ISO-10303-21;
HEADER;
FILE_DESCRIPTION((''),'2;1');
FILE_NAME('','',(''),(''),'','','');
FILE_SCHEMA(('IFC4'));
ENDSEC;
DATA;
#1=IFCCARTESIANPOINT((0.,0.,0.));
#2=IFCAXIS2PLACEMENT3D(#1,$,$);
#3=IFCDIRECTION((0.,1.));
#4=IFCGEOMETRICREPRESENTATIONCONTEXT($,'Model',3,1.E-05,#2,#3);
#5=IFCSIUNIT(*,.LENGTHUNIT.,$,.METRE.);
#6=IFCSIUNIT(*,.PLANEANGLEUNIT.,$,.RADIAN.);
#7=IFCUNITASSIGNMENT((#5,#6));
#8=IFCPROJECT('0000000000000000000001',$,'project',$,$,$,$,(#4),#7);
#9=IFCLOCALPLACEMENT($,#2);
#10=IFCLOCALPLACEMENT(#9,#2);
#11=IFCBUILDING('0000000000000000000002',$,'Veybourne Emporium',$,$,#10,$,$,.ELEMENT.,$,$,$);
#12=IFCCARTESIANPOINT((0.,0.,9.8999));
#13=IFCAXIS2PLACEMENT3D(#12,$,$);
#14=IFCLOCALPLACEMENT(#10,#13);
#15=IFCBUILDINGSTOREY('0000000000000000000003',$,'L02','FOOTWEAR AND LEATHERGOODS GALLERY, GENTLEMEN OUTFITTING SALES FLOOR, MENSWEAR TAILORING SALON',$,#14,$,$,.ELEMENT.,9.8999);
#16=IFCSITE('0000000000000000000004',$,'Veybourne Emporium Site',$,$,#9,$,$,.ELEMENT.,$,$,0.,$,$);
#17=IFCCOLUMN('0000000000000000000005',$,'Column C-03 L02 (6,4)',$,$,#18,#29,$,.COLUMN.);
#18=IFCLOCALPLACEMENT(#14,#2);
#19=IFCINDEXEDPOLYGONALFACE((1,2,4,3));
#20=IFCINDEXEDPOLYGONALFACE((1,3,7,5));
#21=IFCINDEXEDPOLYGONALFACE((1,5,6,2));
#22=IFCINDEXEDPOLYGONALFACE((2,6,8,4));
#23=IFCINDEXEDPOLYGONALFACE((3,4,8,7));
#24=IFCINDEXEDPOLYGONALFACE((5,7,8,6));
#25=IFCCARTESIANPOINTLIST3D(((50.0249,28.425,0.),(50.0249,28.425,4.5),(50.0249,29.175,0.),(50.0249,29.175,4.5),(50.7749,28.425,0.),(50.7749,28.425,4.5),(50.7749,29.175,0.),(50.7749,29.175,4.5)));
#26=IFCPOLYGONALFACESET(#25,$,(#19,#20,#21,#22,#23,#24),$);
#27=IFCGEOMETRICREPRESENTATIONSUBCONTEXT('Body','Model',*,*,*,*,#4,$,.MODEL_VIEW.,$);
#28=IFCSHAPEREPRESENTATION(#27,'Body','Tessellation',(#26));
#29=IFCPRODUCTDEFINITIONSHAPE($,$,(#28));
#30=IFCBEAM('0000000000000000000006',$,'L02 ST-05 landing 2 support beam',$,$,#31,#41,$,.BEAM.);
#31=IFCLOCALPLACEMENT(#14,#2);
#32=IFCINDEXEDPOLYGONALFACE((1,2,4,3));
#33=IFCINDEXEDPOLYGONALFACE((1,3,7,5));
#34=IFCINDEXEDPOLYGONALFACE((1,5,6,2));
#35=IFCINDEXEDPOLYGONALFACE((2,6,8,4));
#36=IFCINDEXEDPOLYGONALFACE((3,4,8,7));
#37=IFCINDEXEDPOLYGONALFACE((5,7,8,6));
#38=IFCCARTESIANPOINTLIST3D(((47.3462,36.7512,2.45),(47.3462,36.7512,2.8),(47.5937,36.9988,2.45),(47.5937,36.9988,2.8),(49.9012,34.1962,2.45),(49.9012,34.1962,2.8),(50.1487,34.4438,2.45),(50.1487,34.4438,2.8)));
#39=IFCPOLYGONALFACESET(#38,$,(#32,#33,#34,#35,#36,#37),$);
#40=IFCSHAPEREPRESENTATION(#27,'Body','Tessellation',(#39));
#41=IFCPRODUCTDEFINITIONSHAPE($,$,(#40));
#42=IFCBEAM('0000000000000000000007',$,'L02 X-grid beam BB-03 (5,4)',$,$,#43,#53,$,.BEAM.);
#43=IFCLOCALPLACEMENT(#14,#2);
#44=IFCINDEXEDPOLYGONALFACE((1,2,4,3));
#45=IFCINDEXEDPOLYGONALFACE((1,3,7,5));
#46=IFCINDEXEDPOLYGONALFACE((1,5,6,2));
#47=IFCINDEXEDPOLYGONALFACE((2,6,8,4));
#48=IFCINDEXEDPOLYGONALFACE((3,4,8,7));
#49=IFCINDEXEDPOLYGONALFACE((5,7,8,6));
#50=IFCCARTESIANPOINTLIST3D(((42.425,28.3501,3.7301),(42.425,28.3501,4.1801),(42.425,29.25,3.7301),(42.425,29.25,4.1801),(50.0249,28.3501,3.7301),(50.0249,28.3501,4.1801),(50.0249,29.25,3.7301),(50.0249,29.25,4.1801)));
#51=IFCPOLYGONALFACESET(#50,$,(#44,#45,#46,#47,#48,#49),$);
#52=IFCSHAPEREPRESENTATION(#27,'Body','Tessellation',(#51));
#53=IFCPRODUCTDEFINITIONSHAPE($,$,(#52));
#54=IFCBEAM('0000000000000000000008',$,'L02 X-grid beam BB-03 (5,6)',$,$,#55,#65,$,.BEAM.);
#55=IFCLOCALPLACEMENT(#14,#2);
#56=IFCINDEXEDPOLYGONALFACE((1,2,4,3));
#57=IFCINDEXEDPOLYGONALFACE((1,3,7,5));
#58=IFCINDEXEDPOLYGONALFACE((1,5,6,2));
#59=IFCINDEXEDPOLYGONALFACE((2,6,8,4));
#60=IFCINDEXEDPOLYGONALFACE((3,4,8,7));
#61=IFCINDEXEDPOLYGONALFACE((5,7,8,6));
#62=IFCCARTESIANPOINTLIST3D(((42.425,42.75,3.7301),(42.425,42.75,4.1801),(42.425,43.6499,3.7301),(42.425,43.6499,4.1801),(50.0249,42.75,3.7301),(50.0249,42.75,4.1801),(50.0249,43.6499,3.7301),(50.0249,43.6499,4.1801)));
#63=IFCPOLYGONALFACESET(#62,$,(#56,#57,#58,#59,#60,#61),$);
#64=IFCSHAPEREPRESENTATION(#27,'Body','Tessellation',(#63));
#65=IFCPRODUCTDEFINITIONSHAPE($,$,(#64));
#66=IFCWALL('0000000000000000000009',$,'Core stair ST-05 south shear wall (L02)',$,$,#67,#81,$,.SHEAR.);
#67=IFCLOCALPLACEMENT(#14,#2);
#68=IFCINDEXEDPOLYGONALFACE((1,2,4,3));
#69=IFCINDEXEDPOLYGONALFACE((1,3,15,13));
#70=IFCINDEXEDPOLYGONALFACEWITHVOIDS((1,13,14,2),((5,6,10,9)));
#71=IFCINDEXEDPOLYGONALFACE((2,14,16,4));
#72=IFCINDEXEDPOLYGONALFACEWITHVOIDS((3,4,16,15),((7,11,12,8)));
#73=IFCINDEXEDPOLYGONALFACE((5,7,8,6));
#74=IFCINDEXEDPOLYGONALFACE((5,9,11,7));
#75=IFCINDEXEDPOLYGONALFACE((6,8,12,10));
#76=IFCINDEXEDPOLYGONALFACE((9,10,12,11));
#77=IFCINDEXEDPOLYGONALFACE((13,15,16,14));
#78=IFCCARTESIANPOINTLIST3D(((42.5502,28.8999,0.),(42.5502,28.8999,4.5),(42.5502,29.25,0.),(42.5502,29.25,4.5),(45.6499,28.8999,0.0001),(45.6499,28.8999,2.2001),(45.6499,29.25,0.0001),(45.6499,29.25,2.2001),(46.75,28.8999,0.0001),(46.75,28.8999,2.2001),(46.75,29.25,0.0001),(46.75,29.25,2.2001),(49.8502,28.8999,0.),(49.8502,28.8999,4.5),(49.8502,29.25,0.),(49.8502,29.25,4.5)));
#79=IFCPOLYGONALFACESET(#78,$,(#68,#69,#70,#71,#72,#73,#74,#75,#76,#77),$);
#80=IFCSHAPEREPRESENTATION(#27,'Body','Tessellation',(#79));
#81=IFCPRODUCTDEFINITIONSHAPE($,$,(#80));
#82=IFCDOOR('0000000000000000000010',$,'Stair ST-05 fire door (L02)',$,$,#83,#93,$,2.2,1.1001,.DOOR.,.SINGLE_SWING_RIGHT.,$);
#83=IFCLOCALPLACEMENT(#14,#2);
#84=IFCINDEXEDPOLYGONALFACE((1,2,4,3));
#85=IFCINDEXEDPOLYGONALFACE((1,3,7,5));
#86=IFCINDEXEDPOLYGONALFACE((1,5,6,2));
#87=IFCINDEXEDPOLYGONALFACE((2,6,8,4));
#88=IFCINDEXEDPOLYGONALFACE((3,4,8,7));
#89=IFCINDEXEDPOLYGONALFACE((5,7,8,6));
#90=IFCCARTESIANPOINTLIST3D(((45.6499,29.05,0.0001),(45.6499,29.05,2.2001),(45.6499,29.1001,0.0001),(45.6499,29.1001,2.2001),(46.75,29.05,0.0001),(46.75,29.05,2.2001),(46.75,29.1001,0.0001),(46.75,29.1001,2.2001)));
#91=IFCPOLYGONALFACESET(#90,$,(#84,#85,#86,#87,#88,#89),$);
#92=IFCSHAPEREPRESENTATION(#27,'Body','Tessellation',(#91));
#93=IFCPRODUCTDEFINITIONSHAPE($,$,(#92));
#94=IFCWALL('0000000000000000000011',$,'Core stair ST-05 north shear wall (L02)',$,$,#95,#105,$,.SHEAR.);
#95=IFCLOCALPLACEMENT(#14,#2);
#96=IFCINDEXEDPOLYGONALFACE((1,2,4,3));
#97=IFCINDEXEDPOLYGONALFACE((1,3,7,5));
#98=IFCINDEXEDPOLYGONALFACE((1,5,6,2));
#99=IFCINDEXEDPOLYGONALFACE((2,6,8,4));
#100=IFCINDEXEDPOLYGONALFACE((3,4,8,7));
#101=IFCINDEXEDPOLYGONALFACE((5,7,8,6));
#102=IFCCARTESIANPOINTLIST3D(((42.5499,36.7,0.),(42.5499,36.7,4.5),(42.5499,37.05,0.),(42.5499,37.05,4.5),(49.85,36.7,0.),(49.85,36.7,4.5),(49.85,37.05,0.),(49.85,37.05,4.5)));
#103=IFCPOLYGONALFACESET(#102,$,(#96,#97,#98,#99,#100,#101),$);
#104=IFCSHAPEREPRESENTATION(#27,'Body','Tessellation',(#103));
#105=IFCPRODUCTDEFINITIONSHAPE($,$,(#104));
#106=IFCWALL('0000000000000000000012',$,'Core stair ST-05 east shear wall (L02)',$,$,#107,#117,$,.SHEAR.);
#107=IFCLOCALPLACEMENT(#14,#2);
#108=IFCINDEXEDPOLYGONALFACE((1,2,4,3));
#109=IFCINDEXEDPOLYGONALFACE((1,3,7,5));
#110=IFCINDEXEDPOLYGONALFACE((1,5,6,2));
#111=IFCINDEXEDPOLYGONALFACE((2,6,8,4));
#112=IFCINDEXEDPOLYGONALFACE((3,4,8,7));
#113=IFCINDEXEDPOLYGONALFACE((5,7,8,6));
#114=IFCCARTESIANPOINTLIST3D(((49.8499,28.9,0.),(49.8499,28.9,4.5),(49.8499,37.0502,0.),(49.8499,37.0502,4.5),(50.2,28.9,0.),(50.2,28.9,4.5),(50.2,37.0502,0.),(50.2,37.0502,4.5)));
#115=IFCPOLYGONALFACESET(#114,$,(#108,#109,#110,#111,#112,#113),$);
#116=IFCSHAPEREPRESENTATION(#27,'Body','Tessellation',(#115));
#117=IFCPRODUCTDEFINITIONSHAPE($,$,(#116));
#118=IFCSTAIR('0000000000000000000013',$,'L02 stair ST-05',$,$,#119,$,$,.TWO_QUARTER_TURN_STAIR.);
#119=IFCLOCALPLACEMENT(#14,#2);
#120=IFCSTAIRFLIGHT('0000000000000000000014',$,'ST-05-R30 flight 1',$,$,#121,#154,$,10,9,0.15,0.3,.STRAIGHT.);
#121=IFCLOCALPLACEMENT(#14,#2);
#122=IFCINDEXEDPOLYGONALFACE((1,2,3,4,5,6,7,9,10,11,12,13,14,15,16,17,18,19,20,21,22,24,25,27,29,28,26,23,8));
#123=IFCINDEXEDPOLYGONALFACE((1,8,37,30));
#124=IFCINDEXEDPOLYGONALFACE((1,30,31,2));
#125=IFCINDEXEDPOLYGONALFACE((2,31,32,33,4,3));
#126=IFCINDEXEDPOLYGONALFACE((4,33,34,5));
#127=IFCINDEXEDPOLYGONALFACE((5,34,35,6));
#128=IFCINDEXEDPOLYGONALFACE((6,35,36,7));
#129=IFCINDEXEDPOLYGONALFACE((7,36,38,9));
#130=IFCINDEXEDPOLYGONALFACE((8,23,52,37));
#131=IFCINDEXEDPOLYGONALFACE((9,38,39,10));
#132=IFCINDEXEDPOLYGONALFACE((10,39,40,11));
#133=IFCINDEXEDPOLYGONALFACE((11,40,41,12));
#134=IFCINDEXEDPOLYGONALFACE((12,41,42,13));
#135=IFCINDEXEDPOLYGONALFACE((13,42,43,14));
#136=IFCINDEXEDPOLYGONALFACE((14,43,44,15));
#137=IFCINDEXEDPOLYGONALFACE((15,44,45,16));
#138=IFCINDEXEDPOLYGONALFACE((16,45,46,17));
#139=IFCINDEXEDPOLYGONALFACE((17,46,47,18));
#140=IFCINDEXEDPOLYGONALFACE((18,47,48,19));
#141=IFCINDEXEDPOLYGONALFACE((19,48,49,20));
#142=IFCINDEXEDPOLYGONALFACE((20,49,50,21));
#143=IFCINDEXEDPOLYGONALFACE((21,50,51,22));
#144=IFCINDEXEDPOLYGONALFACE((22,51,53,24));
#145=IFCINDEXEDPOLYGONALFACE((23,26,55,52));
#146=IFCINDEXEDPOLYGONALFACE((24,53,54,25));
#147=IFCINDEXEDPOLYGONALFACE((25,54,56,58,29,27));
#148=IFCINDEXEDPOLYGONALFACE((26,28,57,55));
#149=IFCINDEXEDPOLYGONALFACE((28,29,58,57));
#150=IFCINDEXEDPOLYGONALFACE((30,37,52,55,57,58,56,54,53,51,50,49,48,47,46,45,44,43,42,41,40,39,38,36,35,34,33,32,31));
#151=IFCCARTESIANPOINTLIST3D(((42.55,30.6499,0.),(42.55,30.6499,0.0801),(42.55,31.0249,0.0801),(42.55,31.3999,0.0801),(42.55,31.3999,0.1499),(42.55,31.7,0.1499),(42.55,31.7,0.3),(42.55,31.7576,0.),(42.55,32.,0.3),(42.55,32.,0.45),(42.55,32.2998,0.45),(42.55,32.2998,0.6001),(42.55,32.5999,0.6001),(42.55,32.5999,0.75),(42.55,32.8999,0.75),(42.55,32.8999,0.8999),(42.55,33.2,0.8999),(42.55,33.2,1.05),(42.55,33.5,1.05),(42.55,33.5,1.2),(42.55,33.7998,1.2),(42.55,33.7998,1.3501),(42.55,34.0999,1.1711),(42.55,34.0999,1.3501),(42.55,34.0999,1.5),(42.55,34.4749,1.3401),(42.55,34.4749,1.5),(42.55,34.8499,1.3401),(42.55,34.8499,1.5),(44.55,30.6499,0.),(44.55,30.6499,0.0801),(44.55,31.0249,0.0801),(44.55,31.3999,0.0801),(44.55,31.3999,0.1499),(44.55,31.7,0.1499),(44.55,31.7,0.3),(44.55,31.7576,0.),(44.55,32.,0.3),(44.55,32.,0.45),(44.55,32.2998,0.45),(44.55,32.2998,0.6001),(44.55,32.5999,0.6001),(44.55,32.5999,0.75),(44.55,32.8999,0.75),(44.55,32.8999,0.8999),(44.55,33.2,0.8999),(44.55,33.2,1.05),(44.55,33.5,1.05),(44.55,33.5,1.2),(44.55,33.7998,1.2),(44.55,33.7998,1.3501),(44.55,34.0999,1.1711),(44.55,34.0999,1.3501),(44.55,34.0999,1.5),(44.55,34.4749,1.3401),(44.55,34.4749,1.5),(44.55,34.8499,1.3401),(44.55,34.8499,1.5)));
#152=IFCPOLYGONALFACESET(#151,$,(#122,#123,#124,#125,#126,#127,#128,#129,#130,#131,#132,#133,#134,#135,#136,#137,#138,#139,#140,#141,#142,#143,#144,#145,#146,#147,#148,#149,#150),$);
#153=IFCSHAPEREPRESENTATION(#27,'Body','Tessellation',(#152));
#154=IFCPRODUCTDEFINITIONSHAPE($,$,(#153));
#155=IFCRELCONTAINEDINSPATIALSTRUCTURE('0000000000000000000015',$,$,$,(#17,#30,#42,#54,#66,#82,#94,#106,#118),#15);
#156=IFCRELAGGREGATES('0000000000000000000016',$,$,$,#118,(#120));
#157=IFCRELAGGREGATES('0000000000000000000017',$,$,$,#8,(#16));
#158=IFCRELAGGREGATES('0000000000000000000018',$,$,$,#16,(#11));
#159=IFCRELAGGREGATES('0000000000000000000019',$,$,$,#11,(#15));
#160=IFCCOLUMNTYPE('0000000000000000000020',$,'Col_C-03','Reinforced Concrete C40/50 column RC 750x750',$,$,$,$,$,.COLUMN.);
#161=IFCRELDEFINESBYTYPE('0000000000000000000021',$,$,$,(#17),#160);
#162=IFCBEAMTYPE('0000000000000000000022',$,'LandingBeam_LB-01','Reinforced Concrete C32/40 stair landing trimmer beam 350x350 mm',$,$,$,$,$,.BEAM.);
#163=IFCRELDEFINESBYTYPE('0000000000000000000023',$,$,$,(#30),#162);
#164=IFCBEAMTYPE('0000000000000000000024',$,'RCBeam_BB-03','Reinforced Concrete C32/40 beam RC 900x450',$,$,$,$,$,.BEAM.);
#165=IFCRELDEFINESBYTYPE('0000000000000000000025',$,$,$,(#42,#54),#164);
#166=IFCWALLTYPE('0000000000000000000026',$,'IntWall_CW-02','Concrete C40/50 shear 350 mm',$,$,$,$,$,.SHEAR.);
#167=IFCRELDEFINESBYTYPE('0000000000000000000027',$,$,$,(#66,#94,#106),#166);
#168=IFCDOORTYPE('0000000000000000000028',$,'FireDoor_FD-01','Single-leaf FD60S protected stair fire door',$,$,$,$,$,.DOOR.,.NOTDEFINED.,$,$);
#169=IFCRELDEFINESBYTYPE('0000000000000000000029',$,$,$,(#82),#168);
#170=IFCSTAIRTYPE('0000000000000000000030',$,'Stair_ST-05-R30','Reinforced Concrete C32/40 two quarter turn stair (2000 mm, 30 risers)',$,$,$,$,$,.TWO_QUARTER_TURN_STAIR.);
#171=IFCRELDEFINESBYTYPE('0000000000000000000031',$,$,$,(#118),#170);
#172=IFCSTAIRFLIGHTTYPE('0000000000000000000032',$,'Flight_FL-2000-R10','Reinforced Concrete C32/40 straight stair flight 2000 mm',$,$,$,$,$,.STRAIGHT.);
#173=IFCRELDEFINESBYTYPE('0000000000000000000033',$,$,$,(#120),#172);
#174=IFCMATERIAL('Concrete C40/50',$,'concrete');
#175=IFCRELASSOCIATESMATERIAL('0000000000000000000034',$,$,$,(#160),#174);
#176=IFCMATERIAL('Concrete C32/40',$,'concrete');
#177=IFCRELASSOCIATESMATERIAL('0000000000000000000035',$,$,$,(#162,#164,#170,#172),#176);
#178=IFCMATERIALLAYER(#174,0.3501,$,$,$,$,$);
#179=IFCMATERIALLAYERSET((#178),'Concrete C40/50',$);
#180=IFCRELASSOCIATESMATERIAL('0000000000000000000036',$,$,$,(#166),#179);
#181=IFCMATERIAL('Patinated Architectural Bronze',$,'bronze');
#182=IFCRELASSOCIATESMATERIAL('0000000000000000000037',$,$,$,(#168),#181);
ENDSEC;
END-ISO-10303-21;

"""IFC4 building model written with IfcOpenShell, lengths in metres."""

from ifc_helpers import new_model, si_unit, direction, frame, frame_2d, origin, origin_2d, place, context, subcontext, project, spatial, polyline, rectangle, outline, extrude, material, layer, layer_set, material_profile, profile_set, type_object, element, fill, aggregate, save


model = new_model("IFC4")

# Units and contexts
model_context = context("Model", 3, precision=1e-05, world=origin(), true_north=direction((0.0, 1.0)))
body_context = subcontext(model_context, "Body", "Model", "MODEL_VIEW")
ifc_project = project(units=[si_unit("LENGTHUNIT", "METRE"), si_unit("PLANEANGLEUNIT", "RADIAN")], contexts=[model_context])

# Site, building, storey
site_placement = place(None, origin())
site = spatial("IfcSite", under=ifc_project, at=site_placement, Name="Veybourne Emporium Site", CompositionType="ELEMENT", RefElevation=0.0)
building_placement = place(site_placement, origin())
building = spatial("IfcBuilding", under=site, at=building_placement, Name="Veybourne Emporium", CompositionType="ELEMENT")
storey_placement = place(building_placement, frame((0.0, 0.0, 9.8999)))
storey = spatial("IfcBuildingStorey", under=building, at=storey_placement, Name="L02", Description="FOOTWEAR AND LEATHERGOODS GALLERY, GENTLEMEN OUTFITTING SALES FLOOR, MENSWEAR TAILORING SALON", CompositionType="ELEMENT", Elevation=9.8999)

# Column
ifc_material_1 = material(Name="Concrete C40/50", Category="concrete")
ifc_material_profile_1 = material_profile(ifc_material_1, rectangle(XDim=0.75, YDim=0.75, at=origin_2d()), Name="RC 750x750")
ifc_profile_set_1 = profile_set([ifc_material_profile_1], Name="Concrete C40/50")
column_type = type_object("IfcColumnType", Name="Col_C-03", Description="Reinforced Concrete C40/50 column RC 750x750", PredefinedType="COLUMN", material=ifc_profile_set_1)
column_placement = place(storey_placement, frame((50.3999, 28.8, 0.0), z_axis=(0.0, 0.0, 1.0), x_axis=(1.0, 0.0, 0.0)))
element("IfcColumn", 1, at=column_placement, inside=storey, type_object=column_type, Name="Column C-03 L02 (6,4)", PredefinedType="COLUMN", context=body_context, shape_type="SweptSolid", body=[
    extrude(rectangle(XDim=0.75, YDim=0.75, at=origin_2d()), origin(), (0.0, 0.0, 1.0), 4.5),
])

# Beams
ifc_material_2 = material(Name="Concrete C32/40", Category="concrete")
ifc_material_profile_2 = material_profile(ifc_material_2, rectangle(XDim=0.3501, YDim=0.3501, at=origin_2d()), Name="RC 350x350")
ifc_profile_set_2 = profile_set([ifc_material_profile_2], Name="Concrete C32/40")
beam_type_1 = type_object("IfcBeamType", Name="LandingBeam_LB-01", Description="Reinforced Concrete C32/40 stair landing trimmer beam 350x350 mm", PredefinedType="BEAM", material=ifc_profile_set_2)
beam_placement = place(storey_placement, frame((47.47, 36.875, 2.625), z_axis=(0.707107, -0.707107, 0.0), x_axis=(0.707107, 0.707107, 0.0)))
element("IfcBeam", 2, at=beam_placement, inside=storey, type_object=beam_type_1, Name="L02 ST-05 landing 2 support beam", PredefinedType="BEAM", context=body_context, shape_type="SweptSolid", body=[
    extrude(rectangle(XDim=0.3501, YDim=0.3501, at=origin_2d()), origin(), (0.0, 0.0, 1.0), 3.6133),
])
ifc_material_profile_3 = material_profile(ifc_material_2, rectangle(XDim=0.8999, YDim=0.45, at=origin_2d()), Name="RC 900x450")
ifc_profile_set_3 = profile_set([ifc_material_profile_3], Name="Concrete C32/40")
beam_type_2 = type_object("IfcBeamType", Name="RCBeam_BB-03", Description="Reinforced Concrete C32/40 beam RC 900x450", PredefinedType="BEAM", material=ifc_profile_set_3)
for number, where, z_axis, x_axis, name in (
    (3, (42.425, 28.8, 3.9551), (1.0, 0.0, 0.0), (0.0, 1.0, 0.0), "L02 X-grid beam BB-03 (5,4)"),
    (4, (42.425, 43.2, 3.9551), (1.0, 0.0, 0.0), (0.0, 1.0, 0.0), "L02 X-grid beam BB-03 (5,6)"),
):
    element("IfcBeam", number, at=place(storey_placement, frame(where, z_axis=z_axis, x_axis=x_axis)), inside=storey, type_object=beam_type_2, Name=name, PredefinedType="BEAM", context=body_context, shape_type="SweptSolid", body=[
        extrude(rectangle(XDim=0.8999, YDim=0.45, at=origin_2d()), origin(), (0.0, 0.0, 1.0), 7.5999),
    ])

# Wall, opening, door
ifc_layer = layer(ifc_material_1, 0.3501)
ifc_layer_set = layer_set([ifc_layer], Name="Concrete C40/50")
wall_type = type_object("IfcWallType", Name="IntWall_CW-02", Description="Concrete C40/50 shear 350 mm", PredefinedType="SHEAR", material=ifc_layer_set)
wall_1_placement = place(storey_placement, frame((49.8501, 29.075, 0.0), z_axis=(0.0, 0.0, 1.0), x_axis=(-1.0, 0.0, 0.0)))
wall_1 = element("IfcWall", 5, at=wall_1_placement, inside=storey, type_object=wall_type, Name="Core stair ST-05 south shear wall (L02)", PredefinedType="SHEAR", context=body_context, shape_type="SweptSolid", body=[
    extrude(rectangle(XDim=7.3, YDim=0.3501, at=frame_2d((3.6499, 0.0))), origin(), (0.0, 0.0, 1.0), 4.5),
])
opening_placement = place(wall_1_placement, frame((3.1001, 0.0, 0.0)))
opening = element("IfcOpeningElement", 6, at=opening_placement, cuts=wall_1, PredefinedType="OPENING", context=body_context, shape_type="SweptSolid", body=[
    extrude(rectangle(XDim=1.1001, YDim=2.2, at=frame_2d((0.55, 1.1001))), frame((0.0, 0.1951, 0.0), z_axis=(0.0, -1.0, 0.0), x_axis=(1.0, 0.0, 0.0)), (0.0, 0.0, 1.0), 0.3901),
])
ifc_material_3 = material(Name="Patinated Architectural Bronze", Category="bronze")
door_type = type_object("IfcDoorType", Name="FireDoor_FD-01", Description="Single-leaf FD60S protected stair fire door", OperationType="NOTDEFINED", PredefinedType="DOOR", material=ifc_material_3)
door_placement = place(opening_placement, origin())
door = element("IfcDoor", 7, at=door_placement, inside=storey, type_object=door_type, Name="Stair ST-05 fire door (L02)", OperationType="SINGLE_SWING_RIGHT", OverallHeight=2.2, OverallWidth=1.1001, PredefinedType="DOOR", context=body_context, shape_type="SweptSolid", body=[
    extrude(rectangle(XDim=1.1001, YDim=2.2, at=frame_2d((0.55, 1.1001))), frame((0.0, 0.0249, 0.0), z_axis=(0.0, -1.0, 0.0), x_axis=(1.0, 0.0, 0.0)), (0.0, 0.0, 1.0), 0.05),
])
fill(opening, door)

# Walls
wall_2_placement = place(storey_placement, frame((42.55, 36.875, 0.0), z_axis=(0.0, 0.0, 1.0), x_axis=(1.0, 0.0, 0.0)))
element("IfcWall", 8, at=wall_2_placement, inside=storey, type_object=wall_type, Name="Core stair ST-05 north shear wall (L02)", PredefinedType="SHEAR", context=body_context, shape_type="SweptSolid", body=[
    extrude(rectangle(XDim=7.3, YDim=0.3501, at=frame_2d((3.6499, 0.0))), origin(), (0.0, 0.0, 1.0), 4.5),
])
wall_3_placement = place(storey_placement, frame((50.0249, 28.8999, 0.0), z_axis=(0.0, 0.0, 1.0), x_axis=(0.0, 1.0, 0.0)))
element("IfcWall", 9, at=wall_3_placement, inside=storey, type_object=wall_type, Name="Core stair ST-05 east shear wall (L02)", PredefinedType="SHEAR", context=body_context, shape_type="SweptSolid", body=[
    extrude(rectangle(XDim=8.1501, YDim=0.3501, at=frame_2d((4.0752, 0.0))), origin(), (0.0, 0.0, 1.0), 4.5),
])

# Stair, stair flight
stair_type = type_object("IfcStairType", Name="Stair_ST-05-R30", Description="Reinforced Concrete C32/40 two quarter turn stair (2000 mm, 30 risers)", PredefinedType="TWO_QUARTER_TURN_STAIR", material=ifc_material_2)
stair_placement = place(storey_placement, origin())
stair = element("IfcStair", 10, at=stair_placement, inside=storey, type_object=stair_type, Name="L02 stair ST-05", PredefinedType="TWO_QUARTER_TURN_STAIR")
stair_flight_type = type_object("IfcStairFlightType", Name="Flight_FL-2000-R10", Description="Reinforced Concrete C32/40 straight stair flight 2000 mm", PredefinedType="STRAIGHT", material=ifc_material_2)
stair_flight_1_placement = place(storey_placement, frame((43.55, 31.3999, 0.0), z_axis=(0.0, 0.0, 1.0), x_axis=(0.0, 1.0, 0.0)))
stair_flight_1 = element("IfcStairFlight", 11, at=stair_flight_1_placement, type_object=stair_flight_type, Name="ST-05-R30 flight 1", NumberOfRisers=10, NumberOfTreads=9, PredefinedType="STRAIGHT", RiserHeight=0.15, TreadLength=0.3, context=body_context, shape_type="SweptSolid", body=[
    extrude(outline(polyline([(-0.75, 0.0), (-0.75, 0.0801), (-0.375, 0.0801), (0.0, 0.0801), (0.0, 0.1499), (0.3, 0.1499), (0.3, 0.3), (0.6001, 0.3), (0.6001, 0.45), (0.8999, 0.45), (0.8999, 0.6001), (1.2, 0.6001), (1.2, 0.75), (1.5, 0.75), (1.5, 0.8999), (1.8, 0.8999), (1.8, 1.05), (2.1001, 1.05), (2.1001, 1.2), (2.3999, 1.2), (2.3999, 1.3501), (2.7, 1.3501), (2.7, 1.5), (3.075, 1.5), (3.45, 1.5), (3.45, 1.3401), (3.075, 1.3401), (2.7, 1.1711), (0.3577, 0.0), (-0.75, 0.0)])), frame((0.0, 1.0, 0.0), z_axis=(0.0, -1.0, 0.0), x_axis=(1.0, 0.0, 0.0)), (0.0, 0.0, 1.0), 2.0),
])
aggregate(stair, [stair_flight_1])

save(model, "model.ifc")
